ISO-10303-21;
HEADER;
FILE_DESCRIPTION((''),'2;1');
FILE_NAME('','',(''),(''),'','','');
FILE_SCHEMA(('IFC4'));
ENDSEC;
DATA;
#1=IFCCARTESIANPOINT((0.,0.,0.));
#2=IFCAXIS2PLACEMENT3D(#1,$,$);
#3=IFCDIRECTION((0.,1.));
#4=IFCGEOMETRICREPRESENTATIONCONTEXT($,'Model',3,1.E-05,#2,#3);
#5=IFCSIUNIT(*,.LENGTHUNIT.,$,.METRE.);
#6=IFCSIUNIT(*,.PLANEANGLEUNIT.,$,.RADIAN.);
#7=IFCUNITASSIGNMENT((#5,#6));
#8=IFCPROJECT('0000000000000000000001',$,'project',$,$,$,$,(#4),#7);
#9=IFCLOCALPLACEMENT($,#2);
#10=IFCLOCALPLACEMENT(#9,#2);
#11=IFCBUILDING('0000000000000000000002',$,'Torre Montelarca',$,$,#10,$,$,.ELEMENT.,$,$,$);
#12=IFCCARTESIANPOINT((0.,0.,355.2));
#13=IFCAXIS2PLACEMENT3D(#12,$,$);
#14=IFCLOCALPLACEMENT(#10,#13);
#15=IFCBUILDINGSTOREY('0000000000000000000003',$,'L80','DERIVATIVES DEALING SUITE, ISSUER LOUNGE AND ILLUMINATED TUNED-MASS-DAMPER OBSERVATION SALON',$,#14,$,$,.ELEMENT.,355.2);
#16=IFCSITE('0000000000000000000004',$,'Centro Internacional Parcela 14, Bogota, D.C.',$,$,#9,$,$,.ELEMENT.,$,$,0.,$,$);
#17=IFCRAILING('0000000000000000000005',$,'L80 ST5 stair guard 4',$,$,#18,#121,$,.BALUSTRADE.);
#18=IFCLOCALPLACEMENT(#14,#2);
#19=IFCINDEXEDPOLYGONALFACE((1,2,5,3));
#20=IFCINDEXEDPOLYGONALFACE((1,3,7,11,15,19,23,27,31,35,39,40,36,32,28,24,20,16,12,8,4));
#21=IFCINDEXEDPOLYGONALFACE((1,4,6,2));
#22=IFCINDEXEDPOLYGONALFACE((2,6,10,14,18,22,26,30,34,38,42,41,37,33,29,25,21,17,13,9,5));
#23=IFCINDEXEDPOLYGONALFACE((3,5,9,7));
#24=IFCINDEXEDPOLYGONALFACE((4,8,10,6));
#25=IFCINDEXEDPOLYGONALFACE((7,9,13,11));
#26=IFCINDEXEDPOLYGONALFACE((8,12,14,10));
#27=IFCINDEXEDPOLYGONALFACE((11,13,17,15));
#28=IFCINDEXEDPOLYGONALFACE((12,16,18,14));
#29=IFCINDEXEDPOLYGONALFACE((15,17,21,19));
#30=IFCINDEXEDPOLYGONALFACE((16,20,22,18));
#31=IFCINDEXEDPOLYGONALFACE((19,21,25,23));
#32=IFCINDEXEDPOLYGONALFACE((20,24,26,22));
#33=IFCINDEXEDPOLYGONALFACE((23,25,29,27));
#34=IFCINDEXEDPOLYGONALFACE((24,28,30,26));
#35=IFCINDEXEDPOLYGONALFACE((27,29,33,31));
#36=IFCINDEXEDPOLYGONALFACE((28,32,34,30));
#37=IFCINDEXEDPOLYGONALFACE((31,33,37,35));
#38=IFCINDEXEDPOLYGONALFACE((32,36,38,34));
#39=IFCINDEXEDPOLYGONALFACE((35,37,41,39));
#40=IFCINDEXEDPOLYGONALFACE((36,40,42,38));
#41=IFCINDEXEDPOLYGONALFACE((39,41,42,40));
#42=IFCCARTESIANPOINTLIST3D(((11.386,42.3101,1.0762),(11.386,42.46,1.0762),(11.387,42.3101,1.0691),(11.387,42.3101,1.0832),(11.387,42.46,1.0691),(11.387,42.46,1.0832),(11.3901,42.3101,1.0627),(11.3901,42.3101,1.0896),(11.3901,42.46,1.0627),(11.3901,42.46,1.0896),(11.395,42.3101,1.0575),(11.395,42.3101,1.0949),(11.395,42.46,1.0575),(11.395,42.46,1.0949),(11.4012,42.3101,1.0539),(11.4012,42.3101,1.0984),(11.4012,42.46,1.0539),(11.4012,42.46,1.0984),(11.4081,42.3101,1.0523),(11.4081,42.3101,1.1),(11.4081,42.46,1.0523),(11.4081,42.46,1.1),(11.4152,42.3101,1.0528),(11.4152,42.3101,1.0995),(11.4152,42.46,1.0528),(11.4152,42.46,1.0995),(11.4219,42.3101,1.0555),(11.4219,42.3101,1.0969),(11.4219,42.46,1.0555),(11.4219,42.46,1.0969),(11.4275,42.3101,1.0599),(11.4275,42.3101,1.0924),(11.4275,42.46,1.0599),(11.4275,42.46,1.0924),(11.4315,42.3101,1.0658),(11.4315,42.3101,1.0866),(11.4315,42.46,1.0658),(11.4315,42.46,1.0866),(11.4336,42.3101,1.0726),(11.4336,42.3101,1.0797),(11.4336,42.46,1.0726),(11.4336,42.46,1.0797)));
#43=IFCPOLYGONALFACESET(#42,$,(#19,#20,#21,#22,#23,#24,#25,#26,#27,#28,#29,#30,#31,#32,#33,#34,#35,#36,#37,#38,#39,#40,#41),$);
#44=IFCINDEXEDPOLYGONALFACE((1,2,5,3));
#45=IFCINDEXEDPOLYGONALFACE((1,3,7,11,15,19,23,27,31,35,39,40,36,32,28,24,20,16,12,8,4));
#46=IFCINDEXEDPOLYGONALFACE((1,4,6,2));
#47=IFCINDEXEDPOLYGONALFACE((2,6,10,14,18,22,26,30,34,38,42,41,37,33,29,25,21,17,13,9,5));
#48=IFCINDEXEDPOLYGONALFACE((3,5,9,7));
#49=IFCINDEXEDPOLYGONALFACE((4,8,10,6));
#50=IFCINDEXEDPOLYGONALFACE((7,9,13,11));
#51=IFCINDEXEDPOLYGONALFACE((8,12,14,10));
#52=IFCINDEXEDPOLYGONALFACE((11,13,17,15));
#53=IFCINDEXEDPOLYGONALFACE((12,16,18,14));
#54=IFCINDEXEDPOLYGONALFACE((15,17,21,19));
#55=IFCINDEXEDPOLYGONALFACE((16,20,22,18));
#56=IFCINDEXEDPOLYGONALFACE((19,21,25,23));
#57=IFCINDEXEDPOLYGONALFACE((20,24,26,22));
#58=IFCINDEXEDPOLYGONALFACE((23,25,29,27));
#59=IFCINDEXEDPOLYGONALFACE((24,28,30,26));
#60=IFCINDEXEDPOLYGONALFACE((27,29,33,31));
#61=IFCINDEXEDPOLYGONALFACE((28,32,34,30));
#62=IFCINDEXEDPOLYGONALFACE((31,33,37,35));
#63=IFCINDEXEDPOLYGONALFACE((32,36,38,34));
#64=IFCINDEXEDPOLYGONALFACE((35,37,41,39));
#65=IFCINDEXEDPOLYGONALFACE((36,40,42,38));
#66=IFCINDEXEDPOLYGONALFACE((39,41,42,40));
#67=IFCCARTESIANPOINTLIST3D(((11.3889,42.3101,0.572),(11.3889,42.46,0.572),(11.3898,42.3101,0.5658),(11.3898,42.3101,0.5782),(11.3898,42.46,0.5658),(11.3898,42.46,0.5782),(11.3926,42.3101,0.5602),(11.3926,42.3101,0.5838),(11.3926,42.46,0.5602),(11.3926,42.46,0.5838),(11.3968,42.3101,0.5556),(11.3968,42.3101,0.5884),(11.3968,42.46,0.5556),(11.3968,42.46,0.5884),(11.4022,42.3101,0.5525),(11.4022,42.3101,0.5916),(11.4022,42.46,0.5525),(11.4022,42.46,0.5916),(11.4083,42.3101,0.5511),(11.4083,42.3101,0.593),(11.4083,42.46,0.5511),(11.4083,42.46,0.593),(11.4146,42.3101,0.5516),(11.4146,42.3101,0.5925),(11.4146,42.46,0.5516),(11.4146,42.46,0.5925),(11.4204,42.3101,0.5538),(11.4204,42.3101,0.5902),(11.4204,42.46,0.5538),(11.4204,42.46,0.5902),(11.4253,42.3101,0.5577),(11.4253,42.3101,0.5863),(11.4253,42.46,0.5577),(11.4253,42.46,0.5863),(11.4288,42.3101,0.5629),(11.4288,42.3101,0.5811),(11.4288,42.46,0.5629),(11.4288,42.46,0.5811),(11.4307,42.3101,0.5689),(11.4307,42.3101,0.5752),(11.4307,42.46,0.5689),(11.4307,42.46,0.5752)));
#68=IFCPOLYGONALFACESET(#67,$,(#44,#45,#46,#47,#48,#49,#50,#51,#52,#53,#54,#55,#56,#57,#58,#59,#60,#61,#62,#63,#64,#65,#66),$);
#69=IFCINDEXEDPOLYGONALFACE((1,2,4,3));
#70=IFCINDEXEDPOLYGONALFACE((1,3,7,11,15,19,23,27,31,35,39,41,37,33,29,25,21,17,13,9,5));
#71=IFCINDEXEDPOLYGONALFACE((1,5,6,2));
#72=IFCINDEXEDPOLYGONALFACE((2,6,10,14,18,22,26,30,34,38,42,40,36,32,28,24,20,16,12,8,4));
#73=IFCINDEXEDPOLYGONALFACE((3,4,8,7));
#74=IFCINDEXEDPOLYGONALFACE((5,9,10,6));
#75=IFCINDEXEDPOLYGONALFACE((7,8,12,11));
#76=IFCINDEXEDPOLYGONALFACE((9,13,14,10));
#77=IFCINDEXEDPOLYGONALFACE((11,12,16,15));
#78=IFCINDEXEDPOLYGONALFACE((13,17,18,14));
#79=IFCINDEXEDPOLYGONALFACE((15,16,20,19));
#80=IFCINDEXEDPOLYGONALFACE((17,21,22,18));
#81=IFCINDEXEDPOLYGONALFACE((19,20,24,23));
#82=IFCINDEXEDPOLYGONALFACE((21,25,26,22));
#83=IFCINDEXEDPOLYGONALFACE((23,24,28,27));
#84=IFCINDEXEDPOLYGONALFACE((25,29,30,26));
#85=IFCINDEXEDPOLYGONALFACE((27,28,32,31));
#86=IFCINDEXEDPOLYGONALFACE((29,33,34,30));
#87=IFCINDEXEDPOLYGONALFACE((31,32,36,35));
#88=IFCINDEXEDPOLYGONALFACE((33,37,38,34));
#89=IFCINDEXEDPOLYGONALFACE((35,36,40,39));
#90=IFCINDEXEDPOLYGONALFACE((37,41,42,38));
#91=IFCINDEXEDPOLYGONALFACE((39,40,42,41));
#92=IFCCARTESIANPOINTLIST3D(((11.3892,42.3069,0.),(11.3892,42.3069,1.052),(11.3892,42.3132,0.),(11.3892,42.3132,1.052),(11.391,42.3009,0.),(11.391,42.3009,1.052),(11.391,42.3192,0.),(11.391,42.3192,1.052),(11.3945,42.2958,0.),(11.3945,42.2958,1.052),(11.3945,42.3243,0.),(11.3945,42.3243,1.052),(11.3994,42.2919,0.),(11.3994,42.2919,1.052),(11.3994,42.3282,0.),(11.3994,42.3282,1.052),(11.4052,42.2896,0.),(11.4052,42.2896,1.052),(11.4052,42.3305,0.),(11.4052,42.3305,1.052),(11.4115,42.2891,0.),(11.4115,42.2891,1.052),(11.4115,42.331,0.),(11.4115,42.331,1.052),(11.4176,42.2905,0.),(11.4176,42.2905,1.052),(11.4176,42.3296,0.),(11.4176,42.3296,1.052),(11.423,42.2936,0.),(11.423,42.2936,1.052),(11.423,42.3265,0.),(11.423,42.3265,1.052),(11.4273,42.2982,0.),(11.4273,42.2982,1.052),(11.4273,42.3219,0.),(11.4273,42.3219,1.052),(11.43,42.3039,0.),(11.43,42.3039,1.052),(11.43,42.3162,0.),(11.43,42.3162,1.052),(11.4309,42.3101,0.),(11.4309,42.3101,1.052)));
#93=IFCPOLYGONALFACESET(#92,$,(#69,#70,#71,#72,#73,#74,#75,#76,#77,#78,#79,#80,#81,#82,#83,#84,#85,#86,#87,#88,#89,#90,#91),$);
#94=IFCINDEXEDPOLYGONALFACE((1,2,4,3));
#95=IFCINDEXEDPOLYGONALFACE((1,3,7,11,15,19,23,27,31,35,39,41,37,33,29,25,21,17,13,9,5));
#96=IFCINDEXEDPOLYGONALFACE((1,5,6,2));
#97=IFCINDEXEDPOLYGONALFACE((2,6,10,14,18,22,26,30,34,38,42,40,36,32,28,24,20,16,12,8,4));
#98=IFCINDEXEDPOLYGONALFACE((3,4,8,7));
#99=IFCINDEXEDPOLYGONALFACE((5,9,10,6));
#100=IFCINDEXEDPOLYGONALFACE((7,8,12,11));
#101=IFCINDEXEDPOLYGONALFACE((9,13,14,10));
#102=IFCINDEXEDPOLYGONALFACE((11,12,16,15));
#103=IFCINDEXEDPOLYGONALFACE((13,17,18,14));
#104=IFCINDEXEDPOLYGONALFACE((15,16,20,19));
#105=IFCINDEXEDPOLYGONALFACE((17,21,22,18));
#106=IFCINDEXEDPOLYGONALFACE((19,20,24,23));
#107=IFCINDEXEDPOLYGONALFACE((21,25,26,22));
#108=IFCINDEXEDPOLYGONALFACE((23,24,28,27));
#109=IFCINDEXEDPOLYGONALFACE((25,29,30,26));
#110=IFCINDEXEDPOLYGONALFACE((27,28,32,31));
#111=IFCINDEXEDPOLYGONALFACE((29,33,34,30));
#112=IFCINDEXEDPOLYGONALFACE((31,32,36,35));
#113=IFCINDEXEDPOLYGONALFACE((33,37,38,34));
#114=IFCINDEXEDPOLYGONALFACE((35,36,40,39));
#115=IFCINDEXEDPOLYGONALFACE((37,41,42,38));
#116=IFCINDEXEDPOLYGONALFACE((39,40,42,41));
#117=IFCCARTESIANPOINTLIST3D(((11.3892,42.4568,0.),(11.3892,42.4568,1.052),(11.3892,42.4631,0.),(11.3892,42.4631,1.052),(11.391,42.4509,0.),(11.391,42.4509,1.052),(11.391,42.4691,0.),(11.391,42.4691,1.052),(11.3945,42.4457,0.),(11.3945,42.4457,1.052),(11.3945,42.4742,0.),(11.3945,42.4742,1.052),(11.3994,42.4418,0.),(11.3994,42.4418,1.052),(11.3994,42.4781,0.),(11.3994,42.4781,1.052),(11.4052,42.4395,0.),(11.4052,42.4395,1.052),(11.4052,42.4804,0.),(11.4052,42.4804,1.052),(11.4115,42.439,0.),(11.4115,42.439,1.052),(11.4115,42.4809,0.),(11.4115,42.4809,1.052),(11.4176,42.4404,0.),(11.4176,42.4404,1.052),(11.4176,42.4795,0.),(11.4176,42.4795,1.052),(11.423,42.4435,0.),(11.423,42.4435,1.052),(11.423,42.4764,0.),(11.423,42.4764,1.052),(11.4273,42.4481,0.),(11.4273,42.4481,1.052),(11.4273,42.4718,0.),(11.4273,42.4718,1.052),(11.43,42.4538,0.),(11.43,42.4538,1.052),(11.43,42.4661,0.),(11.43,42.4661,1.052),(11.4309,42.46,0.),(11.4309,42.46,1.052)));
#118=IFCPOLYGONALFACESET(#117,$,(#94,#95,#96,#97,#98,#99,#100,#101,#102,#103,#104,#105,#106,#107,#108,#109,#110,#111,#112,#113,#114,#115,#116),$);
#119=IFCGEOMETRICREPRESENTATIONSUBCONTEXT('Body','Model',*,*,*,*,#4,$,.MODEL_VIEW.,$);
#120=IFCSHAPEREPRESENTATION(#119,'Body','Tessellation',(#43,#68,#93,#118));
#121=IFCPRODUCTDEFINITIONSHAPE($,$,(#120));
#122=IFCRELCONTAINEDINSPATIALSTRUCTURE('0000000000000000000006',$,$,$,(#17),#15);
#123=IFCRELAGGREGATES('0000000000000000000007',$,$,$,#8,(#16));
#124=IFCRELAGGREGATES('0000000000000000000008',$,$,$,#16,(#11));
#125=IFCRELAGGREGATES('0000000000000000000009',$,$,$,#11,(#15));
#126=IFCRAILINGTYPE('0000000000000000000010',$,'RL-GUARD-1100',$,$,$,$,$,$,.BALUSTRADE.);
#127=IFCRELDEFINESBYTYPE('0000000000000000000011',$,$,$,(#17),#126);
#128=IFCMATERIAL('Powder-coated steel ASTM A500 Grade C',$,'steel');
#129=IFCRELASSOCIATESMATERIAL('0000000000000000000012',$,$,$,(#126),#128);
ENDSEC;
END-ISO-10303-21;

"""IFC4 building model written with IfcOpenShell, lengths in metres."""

from ifc_helpers import new_model, si_unit, direction, frame, origin, origin_2d, place, context, subcontext, project, spatial, circle, extrude, material, type_object, element, save


model = new_model("IFC4")

# Units and contexts
model_context = context("Model", 3, precision=1e-05, world=origin(), true_north=direction((0.0, 1.0)))
body_context = subcontext(model_context, "Body", "Model", "MODEL_VIEW")
ifc_project = project(units=[si_unit("LENGTHUNIT", "METRE"), si_unit("PLANEANGLEUNIT", "RADIAN")], contexts=[model_context])

# Site, building, storey
site_placement = place(None, origin())
site = spatial("IfcSite", under=ifc_project, at=site_placement, Name="Centro Internacional Parcela 14, Bogota, D.C.", CompositionType="ELEMENT", RefElevation=0.0)
building_placement = place(site_placement, origin())
building = spatial("IfcBuilding", under=site, at=building_placement, Name="Torre Montelarca", CompositionType="ELEMENT")
storey_placement = place(building_placement, frame((0.0, 0.0, 355.2)))
storey = spatial("IfcBuildingStorey", under=building, at=storey_placement, Name="L80", Description="DERIVATIVES DEALING SUITE, ISSUER LOUNGE AND ILLUMINATED TUNED-MASS-DAMPER OBSERVATION SALON", CompositionType="ELEMENT", Elevation=355.2)

# Railing
ifc_material_1 = material(Name="Powder-coated steel ASTM A500 Grade C", Category="steel")
railing_type_1 = type_object("IfcRailingType", Name="RL-GUARD-1100", PredefinedType="BALUSTRADE", material=ifc_material_1)
railing_1_placement = place(storey_placement, frame((11.4099, 42.3101, 0.0)))
element("IfcRailing", 1, at=railing_1_placement, inside=storey, type_object=railing_type_1, Name="L80 ST5 stair guard 4", PredefinedType="BALUSTRADE", context=body_context, shape_type="SweptSolid", body=[
    extrude(circle(Radius=0.0239, at=origin_2d()), frame((0.0, 0.0, 1.0762), z_axis=(0.0, 1.0, 0.0), x_axis=(-1.0, 0.0, 0.0)), (0.0, 0.0, 1.0), 0.1499),
    extrude(circle(Radius=0.021, at=origin_2d()), frame((0.0, 0.0, 0.572), z_axis=(0.0, 1.0, 0.0), x_axis=(-1.0, 0.0, 0.0)), (0.0, 0.0, 1.0), 0.1499),
    extrude(circle(Radius=0.021, at=origin_2d()), origin(), (0.0, 0.0, 1.0), 1.052),
    extrude(circle(Radius=0.021, at=origin_2d()), frame((0.0, 0.1499, 0.0)), (0.0, 0.0, 1.0), 1.052),
])

save(model, "model.ifc")
